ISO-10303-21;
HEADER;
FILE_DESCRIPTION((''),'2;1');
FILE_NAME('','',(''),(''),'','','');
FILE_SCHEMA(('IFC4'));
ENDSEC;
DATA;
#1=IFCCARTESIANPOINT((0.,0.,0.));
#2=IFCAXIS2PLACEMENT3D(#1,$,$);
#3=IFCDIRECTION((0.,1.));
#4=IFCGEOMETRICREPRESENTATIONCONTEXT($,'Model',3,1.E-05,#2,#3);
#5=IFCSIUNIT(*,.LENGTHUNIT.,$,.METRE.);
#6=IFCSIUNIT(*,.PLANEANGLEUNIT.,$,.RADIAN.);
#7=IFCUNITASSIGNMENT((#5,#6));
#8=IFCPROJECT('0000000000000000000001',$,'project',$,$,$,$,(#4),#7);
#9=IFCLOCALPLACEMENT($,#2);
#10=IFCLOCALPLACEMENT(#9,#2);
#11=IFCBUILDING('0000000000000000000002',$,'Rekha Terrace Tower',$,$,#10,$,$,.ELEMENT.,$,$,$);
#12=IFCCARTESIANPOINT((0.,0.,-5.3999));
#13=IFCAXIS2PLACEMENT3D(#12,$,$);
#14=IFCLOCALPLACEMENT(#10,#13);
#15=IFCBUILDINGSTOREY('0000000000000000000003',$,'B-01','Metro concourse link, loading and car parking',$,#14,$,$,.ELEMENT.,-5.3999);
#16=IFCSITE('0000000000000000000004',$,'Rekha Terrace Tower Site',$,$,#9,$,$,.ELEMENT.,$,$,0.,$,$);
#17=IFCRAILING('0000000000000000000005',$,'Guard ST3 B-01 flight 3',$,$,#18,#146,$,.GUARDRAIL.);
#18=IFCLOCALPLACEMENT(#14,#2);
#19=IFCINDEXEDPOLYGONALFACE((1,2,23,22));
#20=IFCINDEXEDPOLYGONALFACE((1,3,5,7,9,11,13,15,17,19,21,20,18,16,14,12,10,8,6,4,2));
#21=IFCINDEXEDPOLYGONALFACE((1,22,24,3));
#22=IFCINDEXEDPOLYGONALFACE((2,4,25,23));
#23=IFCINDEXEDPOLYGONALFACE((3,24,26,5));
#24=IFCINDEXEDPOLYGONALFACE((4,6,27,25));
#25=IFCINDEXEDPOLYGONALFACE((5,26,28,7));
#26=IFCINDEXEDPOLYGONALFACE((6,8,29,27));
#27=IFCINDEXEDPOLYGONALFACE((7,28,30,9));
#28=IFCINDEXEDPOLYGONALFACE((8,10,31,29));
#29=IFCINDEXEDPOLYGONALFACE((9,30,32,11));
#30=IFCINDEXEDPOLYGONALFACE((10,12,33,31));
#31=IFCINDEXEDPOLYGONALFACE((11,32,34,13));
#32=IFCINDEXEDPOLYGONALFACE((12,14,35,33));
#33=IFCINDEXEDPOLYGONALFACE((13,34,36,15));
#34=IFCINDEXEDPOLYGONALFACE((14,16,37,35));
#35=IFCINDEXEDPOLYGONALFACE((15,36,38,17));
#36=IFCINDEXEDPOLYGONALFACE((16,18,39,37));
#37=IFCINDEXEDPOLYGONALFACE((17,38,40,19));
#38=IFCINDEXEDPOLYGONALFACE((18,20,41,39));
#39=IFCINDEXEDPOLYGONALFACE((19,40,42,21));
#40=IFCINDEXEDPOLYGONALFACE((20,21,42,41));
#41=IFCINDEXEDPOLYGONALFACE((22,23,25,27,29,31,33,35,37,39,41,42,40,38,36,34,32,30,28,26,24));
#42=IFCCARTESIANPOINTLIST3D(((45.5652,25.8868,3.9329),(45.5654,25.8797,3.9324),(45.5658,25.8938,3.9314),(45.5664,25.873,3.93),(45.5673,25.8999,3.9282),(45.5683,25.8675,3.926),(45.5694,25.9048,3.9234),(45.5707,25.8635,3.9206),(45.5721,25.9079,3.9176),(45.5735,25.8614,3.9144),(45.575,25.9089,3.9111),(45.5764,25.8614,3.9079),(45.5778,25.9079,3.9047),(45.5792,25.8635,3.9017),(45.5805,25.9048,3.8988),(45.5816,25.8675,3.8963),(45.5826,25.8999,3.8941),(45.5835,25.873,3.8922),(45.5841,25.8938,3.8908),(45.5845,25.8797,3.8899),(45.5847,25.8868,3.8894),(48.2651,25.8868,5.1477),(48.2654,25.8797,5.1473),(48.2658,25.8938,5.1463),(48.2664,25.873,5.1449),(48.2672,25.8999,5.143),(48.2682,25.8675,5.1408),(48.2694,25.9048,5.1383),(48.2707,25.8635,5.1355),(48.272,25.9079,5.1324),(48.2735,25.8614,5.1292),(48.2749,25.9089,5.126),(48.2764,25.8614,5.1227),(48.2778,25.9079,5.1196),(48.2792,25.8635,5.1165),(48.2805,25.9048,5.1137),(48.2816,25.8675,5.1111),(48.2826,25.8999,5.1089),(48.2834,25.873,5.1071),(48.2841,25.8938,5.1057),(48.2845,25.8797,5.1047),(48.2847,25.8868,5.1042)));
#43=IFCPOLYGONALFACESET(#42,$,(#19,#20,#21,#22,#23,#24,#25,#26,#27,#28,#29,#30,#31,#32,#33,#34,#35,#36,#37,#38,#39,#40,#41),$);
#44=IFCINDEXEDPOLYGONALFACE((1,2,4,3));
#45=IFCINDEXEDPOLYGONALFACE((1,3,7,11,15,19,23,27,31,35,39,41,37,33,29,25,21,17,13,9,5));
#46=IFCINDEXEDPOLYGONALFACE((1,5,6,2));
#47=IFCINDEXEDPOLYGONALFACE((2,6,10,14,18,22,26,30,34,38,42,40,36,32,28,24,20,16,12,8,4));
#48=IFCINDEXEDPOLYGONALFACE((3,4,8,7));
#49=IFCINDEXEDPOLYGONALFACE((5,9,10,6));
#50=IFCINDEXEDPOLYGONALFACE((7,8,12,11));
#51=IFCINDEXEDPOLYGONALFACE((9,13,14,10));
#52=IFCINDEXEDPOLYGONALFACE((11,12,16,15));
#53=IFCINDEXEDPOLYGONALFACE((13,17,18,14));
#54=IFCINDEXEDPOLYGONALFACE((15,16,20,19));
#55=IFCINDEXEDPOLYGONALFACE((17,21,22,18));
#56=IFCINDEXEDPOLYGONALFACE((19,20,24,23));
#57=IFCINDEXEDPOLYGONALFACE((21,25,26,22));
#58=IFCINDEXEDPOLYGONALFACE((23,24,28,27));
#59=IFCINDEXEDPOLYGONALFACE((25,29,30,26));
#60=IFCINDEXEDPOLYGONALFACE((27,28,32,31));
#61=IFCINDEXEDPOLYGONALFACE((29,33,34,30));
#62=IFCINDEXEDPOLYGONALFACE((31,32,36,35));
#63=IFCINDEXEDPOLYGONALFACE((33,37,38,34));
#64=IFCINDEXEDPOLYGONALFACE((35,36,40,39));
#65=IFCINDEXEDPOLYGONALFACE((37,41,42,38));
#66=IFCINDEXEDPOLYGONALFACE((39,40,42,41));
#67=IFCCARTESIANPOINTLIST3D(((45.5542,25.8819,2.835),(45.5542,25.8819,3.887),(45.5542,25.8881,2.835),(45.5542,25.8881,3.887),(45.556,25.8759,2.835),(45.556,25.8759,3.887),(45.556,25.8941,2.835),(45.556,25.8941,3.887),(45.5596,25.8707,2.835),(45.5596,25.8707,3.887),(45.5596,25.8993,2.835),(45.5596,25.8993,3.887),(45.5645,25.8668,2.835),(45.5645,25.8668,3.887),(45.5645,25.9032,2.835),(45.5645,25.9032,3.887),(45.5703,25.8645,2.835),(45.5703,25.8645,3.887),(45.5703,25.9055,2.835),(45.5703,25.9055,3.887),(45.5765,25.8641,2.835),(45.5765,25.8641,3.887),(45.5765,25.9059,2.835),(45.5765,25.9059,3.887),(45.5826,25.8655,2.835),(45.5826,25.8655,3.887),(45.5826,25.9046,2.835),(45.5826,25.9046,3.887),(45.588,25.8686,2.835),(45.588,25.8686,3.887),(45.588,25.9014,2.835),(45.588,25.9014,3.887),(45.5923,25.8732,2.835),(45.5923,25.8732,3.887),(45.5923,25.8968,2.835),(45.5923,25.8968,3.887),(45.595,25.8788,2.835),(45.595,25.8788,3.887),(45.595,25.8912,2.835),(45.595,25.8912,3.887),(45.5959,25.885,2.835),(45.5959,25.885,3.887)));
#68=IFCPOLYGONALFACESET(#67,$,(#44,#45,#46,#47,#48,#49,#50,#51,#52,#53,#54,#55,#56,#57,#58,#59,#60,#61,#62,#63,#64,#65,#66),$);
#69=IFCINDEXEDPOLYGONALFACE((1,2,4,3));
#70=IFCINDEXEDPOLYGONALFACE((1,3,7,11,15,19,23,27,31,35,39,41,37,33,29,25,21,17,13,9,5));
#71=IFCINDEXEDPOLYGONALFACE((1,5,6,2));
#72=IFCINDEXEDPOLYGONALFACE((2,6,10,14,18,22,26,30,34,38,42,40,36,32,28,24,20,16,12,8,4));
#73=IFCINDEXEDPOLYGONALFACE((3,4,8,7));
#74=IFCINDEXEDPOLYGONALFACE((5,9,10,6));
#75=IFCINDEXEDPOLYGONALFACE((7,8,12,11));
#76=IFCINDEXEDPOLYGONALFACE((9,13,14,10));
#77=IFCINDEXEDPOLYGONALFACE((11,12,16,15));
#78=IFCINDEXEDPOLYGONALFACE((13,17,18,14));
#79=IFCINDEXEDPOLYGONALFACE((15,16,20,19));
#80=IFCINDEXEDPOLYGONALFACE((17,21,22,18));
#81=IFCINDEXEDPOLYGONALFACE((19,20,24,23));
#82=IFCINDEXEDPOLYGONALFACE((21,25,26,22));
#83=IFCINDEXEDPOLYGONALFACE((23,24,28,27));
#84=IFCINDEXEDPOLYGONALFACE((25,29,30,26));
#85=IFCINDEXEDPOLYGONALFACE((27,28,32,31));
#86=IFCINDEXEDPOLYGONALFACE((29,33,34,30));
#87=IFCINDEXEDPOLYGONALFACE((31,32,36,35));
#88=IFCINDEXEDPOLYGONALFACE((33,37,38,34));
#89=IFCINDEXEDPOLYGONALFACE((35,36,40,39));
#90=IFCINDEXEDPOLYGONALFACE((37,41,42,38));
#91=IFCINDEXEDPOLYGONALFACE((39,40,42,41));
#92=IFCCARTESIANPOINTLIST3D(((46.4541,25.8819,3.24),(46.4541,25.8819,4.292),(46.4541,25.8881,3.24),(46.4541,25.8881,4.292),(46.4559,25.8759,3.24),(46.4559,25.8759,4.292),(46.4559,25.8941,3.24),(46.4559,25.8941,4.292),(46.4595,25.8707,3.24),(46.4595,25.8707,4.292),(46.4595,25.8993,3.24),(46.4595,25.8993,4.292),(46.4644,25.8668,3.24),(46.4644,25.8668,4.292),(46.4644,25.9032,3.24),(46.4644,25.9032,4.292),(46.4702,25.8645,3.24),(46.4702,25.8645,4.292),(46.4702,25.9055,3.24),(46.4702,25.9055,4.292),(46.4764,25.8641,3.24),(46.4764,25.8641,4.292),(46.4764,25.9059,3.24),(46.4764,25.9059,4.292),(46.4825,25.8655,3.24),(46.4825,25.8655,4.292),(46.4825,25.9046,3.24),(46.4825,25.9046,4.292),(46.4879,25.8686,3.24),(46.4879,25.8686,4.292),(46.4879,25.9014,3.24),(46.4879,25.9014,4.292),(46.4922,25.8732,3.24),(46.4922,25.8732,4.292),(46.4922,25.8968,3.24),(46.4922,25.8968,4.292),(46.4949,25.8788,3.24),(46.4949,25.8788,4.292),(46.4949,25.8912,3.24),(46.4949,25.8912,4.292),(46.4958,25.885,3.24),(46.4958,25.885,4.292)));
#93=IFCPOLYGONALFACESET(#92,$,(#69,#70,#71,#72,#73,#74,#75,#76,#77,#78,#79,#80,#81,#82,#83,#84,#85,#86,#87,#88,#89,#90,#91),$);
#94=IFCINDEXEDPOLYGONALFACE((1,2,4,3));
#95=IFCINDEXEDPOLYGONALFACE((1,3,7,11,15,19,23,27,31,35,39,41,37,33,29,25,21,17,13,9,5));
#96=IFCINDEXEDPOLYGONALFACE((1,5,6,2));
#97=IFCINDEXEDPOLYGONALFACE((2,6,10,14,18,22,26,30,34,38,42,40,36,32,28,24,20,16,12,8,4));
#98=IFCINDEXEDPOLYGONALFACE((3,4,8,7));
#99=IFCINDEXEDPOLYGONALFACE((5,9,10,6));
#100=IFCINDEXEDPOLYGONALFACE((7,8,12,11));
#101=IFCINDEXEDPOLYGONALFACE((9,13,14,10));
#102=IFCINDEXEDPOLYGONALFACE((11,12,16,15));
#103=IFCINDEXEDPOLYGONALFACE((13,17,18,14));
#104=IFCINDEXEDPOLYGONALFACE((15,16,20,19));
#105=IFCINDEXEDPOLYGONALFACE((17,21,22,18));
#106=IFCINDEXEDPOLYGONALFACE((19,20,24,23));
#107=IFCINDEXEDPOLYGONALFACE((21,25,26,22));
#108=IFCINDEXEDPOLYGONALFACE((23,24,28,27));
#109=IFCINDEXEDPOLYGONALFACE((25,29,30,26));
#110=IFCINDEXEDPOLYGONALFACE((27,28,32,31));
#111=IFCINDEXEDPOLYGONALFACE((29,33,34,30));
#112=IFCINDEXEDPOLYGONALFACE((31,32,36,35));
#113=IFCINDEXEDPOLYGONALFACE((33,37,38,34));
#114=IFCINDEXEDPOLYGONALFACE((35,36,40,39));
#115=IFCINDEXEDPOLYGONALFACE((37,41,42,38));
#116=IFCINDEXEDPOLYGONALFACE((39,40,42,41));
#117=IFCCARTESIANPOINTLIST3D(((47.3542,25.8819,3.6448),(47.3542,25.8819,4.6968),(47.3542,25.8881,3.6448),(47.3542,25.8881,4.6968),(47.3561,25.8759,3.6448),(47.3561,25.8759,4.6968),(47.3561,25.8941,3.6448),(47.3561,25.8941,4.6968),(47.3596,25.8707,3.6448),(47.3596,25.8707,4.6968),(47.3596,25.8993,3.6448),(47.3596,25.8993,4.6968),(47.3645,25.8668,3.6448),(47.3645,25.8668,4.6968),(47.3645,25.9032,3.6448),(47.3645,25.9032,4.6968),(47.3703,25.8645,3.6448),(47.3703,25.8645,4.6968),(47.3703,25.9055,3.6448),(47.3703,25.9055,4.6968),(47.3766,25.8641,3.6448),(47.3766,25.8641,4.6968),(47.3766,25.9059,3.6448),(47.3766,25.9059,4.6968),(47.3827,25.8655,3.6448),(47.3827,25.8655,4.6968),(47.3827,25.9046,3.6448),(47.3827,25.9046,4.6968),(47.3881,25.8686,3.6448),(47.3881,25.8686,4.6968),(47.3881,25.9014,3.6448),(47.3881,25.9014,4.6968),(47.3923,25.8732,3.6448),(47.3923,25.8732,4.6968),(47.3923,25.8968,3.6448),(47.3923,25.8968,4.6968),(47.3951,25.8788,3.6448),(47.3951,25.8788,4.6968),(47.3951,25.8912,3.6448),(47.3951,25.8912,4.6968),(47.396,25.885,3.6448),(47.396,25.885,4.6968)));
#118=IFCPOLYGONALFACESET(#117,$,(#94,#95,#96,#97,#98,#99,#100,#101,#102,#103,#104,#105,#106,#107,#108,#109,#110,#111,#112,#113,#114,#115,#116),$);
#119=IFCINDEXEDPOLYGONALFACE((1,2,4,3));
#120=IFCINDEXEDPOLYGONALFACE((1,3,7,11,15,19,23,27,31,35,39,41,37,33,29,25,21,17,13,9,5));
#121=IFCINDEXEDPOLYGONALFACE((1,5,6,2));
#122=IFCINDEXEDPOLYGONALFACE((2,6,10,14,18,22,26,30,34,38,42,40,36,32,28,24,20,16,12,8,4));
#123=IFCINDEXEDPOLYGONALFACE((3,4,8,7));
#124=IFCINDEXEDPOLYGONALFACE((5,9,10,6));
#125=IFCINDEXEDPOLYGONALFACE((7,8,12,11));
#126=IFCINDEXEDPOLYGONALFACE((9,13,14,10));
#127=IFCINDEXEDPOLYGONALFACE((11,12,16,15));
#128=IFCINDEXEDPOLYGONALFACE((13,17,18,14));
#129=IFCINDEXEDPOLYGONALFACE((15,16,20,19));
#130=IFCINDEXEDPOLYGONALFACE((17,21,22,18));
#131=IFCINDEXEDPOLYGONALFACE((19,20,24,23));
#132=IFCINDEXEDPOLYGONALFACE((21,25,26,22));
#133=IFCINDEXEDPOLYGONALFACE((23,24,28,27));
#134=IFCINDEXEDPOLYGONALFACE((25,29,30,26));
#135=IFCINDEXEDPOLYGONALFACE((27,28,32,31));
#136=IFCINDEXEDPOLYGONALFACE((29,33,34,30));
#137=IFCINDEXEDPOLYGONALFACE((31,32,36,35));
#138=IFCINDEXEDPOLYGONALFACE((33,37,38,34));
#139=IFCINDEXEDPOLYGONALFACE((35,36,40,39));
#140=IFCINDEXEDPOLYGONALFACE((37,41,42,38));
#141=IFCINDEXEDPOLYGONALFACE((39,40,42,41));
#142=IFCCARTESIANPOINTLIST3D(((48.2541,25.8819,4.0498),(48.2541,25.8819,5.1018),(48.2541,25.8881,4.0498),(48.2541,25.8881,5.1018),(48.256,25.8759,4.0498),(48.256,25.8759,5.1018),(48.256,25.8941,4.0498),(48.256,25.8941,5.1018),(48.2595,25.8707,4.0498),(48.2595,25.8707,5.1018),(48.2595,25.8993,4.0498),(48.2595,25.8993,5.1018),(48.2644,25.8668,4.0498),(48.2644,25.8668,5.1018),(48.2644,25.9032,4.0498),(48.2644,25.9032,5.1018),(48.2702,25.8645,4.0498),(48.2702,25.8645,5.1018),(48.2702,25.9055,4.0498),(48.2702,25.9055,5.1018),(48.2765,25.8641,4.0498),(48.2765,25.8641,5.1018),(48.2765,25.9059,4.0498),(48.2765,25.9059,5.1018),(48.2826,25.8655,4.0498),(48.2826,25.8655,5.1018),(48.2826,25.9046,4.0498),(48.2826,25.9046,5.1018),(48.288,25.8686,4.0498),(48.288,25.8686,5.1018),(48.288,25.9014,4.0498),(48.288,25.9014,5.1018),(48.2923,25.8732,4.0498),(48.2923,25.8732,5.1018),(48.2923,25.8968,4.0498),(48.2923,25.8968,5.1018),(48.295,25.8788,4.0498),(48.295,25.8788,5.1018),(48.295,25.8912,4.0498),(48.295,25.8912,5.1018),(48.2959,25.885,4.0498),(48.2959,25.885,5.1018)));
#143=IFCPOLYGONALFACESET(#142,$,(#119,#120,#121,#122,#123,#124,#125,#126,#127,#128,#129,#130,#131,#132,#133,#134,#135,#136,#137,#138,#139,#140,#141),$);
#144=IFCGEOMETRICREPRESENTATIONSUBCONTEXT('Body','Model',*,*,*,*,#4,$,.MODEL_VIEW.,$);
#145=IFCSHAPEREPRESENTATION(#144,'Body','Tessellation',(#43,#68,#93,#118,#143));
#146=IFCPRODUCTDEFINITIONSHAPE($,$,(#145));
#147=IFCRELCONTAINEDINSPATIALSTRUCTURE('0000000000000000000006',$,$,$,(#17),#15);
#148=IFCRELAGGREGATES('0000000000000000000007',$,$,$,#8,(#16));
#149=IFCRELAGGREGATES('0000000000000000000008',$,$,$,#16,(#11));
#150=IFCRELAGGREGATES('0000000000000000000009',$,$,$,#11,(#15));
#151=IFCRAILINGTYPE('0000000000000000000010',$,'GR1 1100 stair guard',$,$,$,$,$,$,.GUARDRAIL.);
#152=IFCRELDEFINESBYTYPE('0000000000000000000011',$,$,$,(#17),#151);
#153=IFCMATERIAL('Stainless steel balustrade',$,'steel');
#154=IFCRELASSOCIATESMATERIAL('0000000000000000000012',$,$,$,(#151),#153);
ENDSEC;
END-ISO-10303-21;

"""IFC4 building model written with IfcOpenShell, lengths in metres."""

from ifc_helpers import new_model, si_unit, direction, frame, origin, origin_2d, place, context, subcontext, project, spatial, circle, extrude, material, type_object, element, save


model = new_model("IFC4")

# Units and contexts
model_context = context("Model", 3, precision=1e-05, world=origin(), true_north=direction((0.0, 1.0)))
body_context = subcontext(model_context, "Body", "Model", "MODEL_VIEW")
ifc_project = project(units=[si_unit("LENGTHUNIT", "METRE"), si_unit("PLANEANGLEUNIT", "RADIAN")], contexts=[model_context])

# Site, building, storey
site_placement = place(None, origin())
site = spatial("IfcSite", under=ifc_project, at=site_placement, Name="Rekha Terrace Tower Site", CompositionType="ELEMENT", RefElevation=0.0)
building_placement = place(site_placement, origin())
building = spatial("IfcBuilding", under=site, at=building_placement, Name="Rekha Terrace Tower", CompositionType="ELEMENT")
storey_placement = place(building_placement, frame((0.0, 0.0, -5.3999)))
storey = spatial("IfcBuildingStorey", under=building, at=storey_placement, Name="B-01", Description="Metro concourse link, loading and car parking", CompositionType="ELEMENT", Elevation=-5.3999)

# Railing
ifc_material_1 = material(Name="Stainless steel balustrade", Category="steel")
railing_type_1 = type_object("IfcRailingType", Name="GR1 1100 stair guard", PredefinedType="GUARDRAIL", material=ifc_material_1)
railing_1_placement = place(storey_placement, frame((45.575, 25.885, 2.835)))
element("IfcRailing", 1, at=railing_1_placement, inside=storey, type_object=railing_type_1, Name="Guard ST3 B-01 flight 3", PredefinedType="GUARDRAIL", context=body_context, shape_type="SweptSolid", body=[
    extrude(circle(Radius=0.0239, at=origin_2d()), frame((0.0, 0.0, 1.0762), z_axis=(0.911938, 0.0, 0.410327), x_axis=(0.0, 1.0, 0.0)), (0.0, 0.0, 1.0), 2.9607),
    extrude(circle(Radius=0.021, at=origin_2d()), origin(), (0.0, 0.0, 1.0), 1.052),
    extrude(circle(Radius=0.021, at=origin_2d()), frame((0.8999, 0.0, 0.405)), (0.0, 0.0, 1.0), 1.052),
    extrude(circle(Radius=0.021, at=origin_2d()), frame((1.8, 0.0, 0.8098)), (0.0, 0.0, 1.0), 1.052),
    extrude(circle(Radius=0.021, at=origin_2d()), frame((2.7, 0.0, 1.2148)), (0.0, 0.0, 1.0), 1.052),
])

save(model, "model.ifc")
